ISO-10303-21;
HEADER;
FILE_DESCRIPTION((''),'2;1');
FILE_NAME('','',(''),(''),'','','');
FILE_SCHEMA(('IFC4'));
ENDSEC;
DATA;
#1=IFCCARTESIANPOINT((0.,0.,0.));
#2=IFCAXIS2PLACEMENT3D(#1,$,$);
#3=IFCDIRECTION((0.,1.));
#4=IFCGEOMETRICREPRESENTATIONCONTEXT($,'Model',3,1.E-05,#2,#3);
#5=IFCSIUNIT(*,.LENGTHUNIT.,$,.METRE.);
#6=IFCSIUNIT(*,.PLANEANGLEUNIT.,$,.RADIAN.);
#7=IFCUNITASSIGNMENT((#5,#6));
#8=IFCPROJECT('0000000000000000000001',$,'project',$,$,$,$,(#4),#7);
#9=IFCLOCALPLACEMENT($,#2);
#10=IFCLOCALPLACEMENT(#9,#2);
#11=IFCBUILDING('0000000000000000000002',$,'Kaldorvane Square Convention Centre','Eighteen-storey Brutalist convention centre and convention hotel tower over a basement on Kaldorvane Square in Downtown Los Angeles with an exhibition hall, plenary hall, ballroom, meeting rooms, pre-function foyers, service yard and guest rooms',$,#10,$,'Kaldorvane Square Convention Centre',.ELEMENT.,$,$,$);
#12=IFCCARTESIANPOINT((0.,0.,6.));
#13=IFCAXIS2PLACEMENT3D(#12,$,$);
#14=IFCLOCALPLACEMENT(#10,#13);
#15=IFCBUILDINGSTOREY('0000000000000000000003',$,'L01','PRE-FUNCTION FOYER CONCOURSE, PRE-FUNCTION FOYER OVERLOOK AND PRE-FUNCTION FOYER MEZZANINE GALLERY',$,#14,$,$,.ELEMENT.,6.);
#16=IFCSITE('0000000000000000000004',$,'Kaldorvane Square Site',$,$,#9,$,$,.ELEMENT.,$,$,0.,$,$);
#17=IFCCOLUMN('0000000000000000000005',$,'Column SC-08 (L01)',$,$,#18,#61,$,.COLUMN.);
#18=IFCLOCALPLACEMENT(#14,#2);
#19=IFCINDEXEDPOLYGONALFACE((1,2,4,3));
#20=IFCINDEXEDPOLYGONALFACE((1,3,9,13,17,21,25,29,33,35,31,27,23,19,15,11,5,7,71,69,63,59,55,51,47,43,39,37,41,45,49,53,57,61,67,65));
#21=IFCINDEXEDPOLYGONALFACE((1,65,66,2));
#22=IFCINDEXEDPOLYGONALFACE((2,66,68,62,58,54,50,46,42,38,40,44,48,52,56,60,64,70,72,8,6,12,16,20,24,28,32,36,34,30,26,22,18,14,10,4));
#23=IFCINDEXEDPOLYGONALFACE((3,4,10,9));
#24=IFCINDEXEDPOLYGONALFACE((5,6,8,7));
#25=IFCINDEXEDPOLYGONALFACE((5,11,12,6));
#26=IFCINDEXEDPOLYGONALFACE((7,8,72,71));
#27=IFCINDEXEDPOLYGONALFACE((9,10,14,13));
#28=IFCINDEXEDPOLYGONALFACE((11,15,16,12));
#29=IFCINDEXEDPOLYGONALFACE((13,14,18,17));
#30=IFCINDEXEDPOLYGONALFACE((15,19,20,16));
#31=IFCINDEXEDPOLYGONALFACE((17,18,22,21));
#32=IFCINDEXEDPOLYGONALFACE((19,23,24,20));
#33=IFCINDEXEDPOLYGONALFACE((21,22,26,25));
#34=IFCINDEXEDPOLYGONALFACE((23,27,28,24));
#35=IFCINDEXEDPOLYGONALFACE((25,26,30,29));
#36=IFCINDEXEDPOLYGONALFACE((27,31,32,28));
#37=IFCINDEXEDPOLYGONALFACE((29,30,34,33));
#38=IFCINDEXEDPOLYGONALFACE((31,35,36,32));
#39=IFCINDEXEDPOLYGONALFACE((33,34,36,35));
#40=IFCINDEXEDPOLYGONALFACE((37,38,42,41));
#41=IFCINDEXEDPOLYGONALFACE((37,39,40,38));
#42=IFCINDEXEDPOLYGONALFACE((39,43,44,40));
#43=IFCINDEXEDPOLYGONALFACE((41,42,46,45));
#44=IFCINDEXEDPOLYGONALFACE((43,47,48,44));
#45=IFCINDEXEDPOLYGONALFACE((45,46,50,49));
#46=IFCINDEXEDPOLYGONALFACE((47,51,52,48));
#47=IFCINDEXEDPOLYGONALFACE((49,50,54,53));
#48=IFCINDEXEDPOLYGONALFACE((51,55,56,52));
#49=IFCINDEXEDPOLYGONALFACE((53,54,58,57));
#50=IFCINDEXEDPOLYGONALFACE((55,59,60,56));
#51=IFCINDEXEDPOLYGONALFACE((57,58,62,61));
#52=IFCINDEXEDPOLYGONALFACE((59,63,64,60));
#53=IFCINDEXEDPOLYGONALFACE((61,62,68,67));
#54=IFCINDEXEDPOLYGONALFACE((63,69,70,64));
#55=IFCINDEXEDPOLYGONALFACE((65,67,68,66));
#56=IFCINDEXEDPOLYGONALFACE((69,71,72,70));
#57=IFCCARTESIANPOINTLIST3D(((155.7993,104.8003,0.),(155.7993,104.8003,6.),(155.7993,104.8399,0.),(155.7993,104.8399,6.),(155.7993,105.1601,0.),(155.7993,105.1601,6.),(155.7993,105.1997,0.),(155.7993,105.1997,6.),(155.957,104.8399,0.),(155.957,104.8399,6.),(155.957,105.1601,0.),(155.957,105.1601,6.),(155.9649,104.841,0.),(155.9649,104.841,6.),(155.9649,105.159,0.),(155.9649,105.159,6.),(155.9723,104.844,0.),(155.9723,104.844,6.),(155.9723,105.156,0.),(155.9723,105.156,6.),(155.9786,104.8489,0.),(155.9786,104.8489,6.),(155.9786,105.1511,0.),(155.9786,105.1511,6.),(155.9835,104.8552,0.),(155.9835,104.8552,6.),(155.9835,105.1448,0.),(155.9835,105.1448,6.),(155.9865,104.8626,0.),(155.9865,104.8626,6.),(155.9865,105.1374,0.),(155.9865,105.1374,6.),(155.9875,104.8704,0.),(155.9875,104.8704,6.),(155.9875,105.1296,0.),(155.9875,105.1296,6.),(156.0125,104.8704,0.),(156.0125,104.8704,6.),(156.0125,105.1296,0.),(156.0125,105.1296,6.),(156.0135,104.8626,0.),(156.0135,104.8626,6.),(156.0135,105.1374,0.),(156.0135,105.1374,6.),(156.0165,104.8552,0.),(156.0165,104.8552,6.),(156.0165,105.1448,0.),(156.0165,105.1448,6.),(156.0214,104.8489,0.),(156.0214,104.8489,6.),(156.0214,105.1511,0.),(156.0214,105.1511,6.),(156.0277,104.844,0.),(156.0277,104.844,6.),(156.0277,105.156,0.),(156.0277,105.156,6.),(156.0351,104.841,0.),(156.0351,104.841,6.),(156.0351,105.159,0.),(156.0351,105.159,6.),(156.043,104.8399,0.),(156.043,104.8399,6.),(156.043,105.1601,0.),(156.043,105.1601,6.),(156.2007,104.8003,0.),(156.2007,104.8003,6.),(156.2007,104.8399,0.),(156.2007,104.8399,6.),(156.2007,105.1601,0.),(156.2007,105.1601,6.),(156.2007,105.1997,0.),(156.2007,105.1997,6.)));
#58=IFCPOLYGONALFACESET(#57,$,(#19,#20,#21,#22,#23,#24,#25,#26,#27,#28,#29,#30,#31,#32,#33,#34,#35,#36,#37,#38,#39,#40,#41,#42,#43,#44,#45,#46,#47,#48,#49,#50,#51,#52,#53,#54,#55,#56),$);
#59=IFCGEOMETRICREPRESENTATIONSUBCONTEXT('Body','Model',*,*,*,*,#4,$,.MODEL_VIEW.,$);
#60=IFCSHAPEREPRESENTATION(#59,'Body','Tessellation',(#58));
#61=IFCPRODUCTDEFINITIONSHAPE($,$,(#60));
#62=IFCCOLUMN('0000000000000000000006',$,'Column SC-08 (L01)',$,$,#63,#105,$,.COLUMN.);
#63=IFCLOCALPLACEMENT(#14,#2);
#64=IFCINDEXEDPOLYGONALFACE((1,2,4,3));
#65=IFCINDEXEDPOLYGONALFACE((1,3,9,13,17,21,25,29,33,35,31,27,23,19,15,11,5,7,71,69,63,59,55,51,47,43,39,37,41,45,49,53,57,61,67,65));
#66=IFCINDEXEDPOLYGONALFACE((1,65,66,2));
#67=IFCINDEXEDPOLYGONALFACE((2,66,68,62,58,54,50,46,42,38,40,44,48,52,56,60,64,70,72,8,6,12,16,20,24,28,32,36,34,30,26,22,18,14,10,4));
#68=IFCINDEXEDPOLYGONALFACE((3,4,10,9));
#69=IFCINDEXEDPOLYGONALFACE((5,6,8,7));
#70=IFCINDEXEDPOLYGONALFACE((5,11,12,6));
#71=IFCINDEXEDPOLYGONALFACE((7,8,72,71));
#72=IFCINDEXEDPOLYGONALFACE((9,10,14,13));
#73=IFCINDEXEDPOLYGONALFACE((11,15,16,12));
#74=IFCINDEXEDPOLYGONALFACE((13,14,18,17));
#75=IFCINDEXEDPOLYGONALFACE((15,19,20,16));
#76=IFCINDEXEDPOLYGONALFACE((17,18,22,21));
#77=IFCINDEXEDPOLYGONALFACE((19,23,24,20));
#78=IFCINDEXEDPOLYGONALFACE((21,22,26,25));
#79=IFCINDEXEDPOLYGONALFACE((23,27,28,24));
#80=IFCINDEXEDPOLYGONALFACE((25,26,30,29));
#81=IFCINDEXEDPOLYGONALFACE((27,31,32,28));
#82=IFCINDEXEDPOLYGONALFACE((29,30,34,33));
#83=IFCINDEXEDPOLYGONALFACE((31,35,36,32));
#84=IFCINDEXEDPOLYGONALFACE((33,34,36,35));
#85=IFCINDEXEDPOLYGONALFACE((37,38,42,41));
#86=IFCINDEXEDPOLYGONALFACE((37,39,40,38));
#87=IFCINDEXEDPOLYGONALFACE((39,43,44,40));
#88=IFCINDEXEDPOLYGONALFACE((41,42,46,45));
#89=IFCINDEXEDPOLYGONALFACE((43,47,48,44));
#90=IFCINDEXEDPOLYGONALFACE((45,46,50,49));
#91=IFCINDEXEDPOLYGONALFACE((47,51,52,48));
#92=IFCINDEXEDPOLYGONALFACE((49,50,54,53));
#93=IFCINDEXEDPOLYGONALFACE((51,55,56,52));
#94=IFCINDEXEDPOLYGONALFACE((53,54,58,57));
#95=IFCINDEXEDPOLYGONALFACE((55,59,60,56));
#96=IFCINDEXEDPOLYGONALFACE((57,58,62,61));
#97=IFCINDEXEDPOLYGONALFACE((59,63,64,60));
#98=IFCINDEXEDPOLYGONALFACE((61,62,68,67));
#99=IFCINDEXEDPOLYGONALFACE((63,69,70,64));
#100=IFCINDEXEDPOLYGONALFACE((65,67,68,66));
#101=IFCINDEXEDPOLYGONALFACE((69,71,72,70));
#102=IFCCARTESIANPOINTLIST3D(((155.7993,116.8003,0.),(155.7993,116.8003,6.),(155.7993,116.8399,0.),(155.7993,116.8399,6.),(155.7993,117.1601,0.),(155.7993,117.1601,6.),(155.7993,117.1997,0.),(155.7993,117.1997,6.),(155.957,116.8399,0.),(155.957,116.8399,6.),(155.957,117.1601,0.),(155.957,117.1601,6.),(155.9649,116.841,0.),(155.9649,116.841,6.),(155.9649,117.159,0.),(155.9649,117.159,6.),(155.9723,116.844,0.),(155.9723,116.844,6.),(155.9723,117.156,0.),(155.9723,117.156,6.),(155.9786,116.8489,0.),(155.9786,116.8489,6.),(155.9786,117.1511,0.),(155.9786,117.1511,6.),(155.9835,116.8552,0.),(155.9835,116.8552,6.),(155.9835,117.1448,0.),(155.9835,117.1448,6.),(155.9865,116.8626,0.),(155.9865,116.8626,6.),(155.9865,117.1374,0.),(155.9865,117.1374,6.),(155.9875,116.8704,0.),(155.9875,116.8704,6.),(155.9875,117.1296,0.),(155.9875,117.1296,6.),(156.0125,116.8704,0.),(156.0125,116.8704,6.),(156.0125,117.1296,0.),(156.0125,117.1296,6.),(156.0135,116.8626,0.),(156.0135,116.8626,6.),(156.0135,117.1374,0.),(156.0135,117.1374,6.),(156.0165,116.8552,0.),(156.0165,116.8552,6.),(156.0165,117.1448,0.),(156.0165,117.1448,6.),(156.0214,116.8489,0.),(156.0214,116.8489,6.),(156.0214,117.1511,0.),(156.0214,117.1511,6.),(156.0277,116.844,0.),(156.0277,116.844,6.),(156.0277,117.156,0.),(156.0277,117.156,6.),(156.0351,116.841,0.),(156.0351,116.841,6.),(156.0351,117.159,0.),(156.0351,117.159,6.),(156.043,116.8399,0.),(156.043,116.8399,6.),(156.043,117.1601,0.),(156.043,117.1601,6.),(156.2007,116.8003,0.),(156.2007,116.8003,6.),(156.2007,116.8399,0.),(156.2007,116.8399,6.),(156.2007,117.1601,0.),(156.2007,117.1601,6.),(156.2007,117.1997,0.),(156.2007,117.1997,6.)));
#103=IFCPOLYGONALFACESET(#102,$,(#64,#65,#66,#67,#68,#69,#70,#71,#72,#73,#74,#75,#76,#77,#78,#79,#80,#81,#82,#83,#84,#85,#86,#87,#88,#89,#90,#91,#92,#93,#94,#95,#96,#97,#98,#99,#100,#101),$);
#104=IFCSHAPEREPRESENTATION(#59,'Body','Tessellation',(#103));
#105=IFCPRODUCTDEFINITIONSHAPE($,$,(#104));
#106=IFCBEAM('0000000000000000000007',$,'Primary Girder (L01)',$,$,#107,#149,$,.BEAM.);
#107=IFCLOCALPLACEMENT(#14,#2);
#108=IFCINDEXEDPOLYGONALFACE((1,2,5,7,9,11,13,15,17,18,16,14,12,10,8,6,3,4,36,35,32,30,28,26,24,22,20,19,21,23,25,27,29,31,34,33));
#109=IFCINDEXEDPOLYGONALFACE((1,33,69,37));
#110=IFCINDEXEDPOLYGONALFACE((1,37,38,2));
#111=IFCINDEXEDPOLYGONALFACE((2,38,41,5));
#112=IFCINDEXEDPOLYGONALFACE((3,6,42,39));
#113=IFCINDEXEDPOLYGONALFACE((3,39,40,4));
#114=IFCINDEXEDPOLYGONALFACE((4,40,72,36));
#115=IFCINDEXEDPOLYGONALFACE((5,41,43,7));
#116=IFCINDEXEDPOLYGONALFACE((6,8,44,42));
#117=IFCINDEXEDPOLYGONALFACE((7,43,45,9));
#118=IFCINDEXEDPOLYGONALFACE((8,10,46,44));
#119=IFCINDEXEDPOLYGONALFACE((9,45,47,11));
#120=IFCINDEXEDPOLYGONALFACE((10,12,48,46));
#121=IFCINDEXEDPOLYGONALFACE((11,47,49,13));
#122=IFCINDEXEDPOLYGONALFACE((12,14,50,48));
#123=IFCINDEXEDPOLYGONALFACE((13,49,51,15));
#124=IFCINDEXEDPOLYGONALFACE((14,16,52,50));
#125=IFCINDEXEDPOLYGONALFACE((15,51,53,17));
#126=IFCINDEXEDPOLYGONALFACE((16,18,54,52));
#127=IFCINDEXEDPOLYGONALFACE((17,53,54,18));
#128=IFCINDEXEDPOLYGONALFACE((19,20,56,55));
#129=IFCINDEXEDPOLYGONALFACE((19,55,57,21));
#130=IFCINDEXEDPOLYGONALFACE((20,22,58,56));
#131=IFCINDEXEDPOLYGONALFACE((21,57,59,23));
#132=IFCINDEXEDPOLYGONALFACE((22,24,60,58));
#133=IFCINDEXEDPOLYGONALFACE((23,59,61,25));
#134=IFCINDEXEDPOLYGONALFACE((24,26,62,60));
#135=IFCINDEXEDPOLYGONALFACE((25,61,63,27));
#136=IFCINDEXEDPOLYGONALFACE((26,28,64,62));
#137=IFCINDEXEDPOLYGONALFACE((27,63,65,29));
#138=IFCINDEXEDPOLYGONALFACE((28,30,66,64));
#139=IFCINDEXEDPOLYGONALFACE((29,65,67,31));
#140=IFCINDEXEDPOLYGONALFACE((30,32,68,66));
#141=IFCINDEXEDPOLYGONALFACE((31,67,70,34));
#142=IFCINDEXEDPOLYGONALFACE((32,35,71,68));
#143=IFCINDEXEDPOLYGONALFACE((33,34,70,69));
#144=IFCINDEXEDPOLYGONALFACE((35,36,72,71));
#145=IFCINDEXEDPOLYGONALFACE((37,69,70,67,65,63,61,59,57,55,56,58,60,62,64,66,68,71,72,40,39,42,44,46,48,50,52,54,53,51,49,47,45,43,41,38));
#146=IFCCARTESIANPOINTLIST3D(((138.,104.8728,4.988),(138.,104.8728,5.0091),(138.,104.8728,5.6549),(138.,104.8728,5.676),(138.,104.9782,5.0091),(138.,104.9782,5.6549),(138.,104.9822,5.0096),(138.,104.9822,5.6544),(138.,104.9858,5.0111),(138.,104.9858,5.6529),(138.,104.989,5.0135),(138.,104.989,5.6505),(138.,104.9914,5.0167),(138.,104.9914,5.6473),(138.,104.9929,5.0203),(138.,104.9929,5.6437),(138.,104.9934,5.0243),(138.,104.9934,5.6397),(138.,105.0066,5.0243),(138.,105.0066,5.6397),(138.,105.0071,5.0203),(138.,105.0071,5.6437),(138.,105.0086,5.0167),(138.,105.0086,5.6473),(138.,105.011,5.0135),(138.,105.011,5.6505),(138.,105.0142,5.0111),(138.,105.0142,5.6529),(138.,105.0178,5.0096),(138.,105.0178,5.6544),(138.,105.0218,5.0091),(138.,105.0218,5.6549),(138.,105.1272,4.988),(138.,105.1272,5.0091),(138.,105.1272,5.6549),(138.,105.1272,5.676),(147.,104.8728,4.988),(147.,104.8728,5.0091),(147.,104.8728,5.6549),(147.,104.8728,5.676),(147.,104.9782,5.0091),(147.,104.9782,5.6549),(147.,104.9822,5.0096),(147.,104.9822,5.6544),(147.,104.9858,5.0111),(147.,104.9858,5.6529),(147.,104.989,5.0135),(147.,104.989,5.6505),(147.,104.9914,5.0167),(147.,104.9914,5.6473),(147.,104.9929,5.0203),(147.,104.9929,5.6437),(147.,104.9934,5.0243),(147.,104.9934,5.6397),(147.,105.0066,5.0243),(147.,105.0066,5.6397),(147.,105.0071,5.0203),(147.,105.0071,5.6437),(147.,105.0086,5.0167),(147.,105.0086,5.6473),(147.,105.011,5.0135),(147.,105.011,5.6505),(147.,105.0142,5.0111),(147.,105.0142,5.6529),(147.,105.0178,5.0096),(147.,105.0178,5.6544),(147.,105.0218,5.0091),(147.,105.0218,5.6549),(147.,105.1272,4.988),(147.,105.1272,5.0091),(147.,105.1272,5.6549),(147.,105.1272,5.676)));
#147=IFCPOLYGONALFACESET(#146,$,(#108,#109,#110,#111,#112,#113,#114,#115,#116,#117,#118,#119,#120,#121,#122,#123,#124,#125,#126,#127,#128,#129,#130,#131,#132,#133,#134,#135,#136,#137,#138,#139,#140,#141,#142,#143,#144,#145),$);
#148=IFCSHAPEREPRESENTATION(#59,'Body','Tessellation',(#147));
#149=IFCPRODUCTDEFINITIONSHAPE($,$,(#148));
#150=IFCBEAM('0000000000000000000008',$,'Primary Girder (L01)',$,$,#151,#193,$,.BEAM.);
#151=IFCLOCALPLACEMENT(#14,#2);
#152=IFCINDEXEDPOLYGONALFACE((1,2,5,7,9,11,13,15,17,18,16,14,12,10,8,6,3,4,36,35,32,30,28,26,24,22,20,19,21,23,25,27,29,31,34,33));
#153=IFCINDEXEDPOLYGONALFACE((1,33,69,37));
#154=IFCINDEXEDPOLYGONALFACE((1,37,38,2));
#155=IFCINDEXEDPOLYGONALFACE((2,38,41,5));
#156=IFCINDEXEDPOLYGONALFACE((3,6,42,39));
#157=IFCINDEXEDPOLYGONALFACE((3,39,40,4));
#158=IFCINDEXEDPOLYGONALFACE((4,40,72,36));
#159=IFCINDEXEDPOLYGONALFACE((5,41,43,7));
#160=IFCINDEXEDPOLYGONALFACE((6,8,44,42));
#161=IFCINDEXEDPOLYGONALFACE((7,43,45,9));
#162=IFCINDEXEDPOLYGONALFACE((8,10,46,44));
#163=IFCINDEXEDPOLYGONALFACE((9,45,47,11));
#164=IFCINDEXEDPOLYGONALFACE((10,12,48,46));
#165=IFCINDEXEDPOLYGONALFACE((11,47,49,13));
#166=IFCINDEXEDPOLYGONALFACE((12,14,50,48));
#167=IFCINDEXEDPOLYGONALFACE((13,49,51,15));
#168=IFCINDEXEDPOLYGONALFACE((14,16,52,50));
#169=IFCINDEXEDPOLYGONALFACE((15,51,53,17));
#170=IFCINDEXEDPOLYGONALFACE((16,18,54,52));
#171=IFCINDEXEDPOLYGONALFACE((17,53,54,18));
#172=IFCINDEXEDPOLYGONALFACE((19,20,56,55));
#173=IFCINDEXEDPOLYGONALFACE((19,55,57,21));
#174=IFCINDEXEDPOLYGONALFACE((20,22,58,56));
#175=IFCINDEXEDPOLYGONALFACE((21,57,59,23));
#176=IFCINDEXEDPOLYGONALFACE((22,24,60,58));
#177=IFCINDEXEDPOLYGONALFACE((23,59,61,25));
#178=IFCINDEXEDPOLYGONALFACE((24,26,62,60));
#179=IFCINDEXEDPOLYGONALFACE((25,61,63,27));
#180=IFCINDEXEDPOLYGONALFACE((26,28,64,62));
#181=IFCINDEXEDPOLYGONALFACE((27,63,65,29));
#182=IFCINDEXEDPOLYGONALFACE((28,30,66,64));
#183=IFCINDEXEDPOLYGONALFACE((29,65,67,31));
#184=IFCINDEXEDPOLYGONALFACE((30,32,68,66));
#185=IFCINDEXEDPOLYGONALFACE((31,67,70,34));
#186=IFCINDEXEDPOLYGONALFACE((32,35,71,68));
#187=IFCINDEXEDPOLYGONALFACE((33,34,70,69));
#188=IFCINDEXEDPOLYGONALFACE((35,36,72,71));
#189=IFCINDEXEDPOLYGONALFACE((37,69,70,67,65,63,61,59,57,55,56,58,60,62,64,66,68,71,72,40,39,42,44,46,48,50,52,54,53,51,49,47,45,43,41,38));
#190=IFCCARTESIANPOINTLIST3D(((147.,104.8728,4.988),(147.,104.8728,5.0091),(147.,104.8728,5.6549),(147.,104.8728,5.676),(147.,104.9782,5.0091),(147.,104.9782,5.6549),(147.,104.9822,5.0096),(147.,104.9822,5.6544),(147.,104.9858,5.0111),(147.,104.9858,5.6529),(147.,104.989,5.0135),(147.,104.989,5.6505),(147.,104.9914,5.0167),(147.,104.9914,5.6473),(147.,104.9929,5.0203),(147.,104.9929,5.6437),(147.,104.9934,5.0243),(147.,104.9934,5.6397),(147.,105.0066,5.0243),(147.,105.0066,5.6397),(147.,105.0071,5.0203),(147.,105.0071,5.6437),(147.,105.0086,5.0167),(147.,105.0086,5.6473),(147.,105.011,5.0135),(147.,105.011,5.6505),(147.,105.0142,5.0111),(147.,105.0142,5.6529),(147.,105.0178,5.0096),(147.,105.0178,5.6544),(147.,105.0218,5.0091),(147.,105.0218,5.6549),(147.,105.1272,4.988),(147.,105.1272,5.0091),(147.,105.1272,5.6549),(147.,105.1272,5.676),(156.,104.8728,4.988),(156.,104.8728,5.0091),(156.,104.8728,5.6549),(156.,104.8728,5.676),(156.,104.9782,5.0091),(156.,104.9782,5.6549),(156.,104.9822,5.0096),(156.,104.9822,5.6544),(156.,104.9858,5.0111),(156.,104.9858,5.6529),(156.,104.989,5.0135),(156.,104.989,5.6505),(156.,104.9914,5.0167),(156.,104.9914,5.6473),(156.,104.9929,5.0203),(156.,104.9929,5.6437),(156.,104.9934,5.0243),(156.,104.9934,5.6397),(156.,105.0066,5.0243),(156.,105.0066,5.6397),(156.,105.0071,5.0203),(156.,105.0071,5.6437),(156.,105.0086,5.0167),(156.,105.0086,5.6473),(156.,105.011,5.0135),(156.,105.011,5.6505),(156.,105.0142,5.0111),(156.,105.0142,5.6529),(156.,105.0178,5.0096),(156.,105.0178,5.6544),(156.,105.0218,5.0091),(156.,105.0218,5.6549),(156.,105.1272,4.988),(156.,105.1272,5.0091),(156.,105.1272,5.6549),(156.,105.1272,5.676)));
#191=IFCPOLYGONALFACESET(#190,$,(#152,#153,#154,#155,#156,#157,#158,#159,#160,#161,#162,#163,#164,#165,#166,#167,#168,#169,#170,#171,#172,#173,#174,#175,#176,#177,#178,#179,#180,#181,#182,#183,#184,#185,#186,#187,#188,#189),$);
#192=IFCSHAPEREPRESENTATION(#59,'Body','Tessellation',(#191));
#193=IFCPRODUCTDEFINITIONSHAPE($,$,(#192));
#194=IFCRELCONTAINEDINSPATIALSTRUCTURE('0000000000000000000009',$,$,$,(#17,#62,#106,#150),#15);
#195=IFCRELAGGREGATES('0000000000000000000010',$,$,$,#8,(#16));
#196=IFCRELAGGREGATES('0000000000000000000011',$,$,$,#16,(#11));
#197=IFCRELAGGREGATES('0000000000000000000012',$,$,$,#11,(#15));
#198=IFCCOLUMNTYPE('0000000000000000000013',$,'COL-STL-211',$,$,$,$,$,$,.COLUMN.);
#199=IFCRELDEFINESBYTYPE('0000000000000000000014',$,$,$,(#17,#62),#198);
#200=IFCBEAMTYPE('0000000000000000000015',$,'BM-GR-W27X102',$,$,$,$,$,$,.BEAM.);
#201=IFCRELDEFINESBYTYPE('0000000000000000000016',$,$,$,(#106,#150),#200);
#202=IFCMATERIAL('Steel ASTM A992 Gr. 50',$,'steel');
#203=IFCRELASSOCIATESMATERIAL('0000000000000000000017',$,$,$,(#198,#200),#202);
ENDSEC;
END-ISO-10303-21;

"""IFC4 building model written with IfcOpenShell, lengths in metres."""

from ifc_helpers import new_model, si_unit, direction, frame, origin, origin_2d, place, context, subcontext, project, spatial, i_section, extrude, material, material_profile, profile_set, type_object, element, save


model = new_model("IFC4")

# Units and contexts
model_context = context("Model", 3, precision=1e-05, world=origin(), true_north=direction((0.0, 1.0)))
body_context = subcontext(model_context, "Body", "Model", "MODEL_VIEW")
ifc_project = project(units=[si_unit("LENGTHUNIT", "METRE"), si_unit("PLANEANGLEUNIT", "RADIAN")], contexts=[model_context])

# Site, building, storey
site_placement = place(None, origin())
site = spatial("IfcSite", under=ifc_project, at=site_placement, Name="Kaldorvane Square Site", CompositionType="ELEMENT", RefElevation=0.0)
building_placement = place(site_placement, origin())
building = spatial("IfcBuilding", under=site, at=building_placement, Name="Kaldorvane Square Convention Centre", Description="Eighteen-storey Brutalist convention centre and convention hotel tower over a basement on Kaldorvane Square in Downtown Los Angeles with an exhibition hall, plenary hall, ballroom, meeting rooms, pre-function foyers, service yard and guest rooms", LongName="Kaldorvane Square Convention Centre", CompositionType="ELEMENT")
storey_placement = place(building_placement, frame((0.0, 0.0, 6.0)))
storey = spatial("IfcBuildingStorey", under=building, at=storey_placement, Name="L01", Description="PRE-FUNCTION FOYER CONCOURSE, PRE-FUNCTION FOYER OVERLOOK AND PRE-FUNCTION FOYER MEZZANINE GALLERY", CompositionType="ELEMENT", Elevation=6.0)

# Columns
ifc_material_1 = material(Name="Steel ASTM A992 Gr. 50", Category="steel")
ifc_material_profile_1 = material_profile(ifc_material_1, i_section(OverallWidth=0.4013, OverallDepth=0.3993, WebThickness=0.0249, FlangeThickness=0.0396, FilletRadius=0.0305, at=origin_2d()), Name="W14X211")
ifc_profile_set_1 = profile_set([ifc_material_profile_1], Name="Steel ASTM A992 Gr. 50")
column_type = type_object("IfcColumnType", Name="COL-STL-211", PredefinedType="COLUMN", material=ifc_profile_set_1)
for number, where, z_axis, x_axis, name in (
    (1, (156.0, 105.0, 0.0), (0.0, 0.0, 1.0), (1.0, 0.0, 0.0), "Column SC-08 (L01)"),
    (2, (156.0, 117.0, 0.0), (0.0, 0.0, 1.0), (1.0, 0.0, 0.0), "Column SC-08 (L01)"),
):
    element("IfcColumn", number, at=place(storey_placement, frame(where, z_axis=z_axis, x_axis=x_axis)), inside=storey, type_object=column_type, Name=name, PredefinedType="COLUMN", context=body_context, shape_type="SweptSolid", body=[
        extrude(i_section(OverallWidth=0.4013, OverallDepth=0.3993, WebThickness=0.0249, FlangeThickness=0.0396, FilletRadius=0.0305, at=origin_2d()), origin(), (0.0, 0.0, 1.0), 6.0),
    ])

# Beams
ifc_material_profile_2 = material_profile(ifc_material_1, i_section(OverallWidth=0.2544, OverallDepth=0.6881, WebThickness=0.0131, FlangeThickness=0.0211, FilletRadius=0.0152, at=origin_2d()), Name="W27X102")
ifc_profile_set_2 = profile_set([ifc_material_profile_2], Name="Steel ASTM A992 Gr. 50")
beam_type_1 = type_object("IfcBeamType", Name="BM-GR-W27X102", PredefinedType="BEAM", material=ifc_profile_set_2)
for number, where, z_axis, x_axis, name in (
    (3, (138.0, 105.0, 5.332), (1.0, 0.0, 0.0), (0.0, 1.0, 0.0), "Primary Girder (L01)"),
    (4, (147.0, 105.0, 5.332), (1.0, 0.0, 0.0), (0.0, 1.0, 0.0), "Primary Girder (L01)"),
):
    element("IfcBeam", number, at=place(storey_placement, frame(where, z_axis=z_axis, x_axis=x_axis)), inside=storey, type_object=beam_type_1, Name=name, PredefinedType="BEAM", context=body_context, shape_type="SweptSolid", body=[
        extrude(i_section(OverallWidth=0.2544, OverallDepth=0.6881, WebThickness=0.0131, FlangeThickness=0.0211, FilletRadius=0.0152, at=origin_2d()), origin(), (0.0, 0.0, 1.0), 9.0),
    ])

save(model, "model.ifc")
